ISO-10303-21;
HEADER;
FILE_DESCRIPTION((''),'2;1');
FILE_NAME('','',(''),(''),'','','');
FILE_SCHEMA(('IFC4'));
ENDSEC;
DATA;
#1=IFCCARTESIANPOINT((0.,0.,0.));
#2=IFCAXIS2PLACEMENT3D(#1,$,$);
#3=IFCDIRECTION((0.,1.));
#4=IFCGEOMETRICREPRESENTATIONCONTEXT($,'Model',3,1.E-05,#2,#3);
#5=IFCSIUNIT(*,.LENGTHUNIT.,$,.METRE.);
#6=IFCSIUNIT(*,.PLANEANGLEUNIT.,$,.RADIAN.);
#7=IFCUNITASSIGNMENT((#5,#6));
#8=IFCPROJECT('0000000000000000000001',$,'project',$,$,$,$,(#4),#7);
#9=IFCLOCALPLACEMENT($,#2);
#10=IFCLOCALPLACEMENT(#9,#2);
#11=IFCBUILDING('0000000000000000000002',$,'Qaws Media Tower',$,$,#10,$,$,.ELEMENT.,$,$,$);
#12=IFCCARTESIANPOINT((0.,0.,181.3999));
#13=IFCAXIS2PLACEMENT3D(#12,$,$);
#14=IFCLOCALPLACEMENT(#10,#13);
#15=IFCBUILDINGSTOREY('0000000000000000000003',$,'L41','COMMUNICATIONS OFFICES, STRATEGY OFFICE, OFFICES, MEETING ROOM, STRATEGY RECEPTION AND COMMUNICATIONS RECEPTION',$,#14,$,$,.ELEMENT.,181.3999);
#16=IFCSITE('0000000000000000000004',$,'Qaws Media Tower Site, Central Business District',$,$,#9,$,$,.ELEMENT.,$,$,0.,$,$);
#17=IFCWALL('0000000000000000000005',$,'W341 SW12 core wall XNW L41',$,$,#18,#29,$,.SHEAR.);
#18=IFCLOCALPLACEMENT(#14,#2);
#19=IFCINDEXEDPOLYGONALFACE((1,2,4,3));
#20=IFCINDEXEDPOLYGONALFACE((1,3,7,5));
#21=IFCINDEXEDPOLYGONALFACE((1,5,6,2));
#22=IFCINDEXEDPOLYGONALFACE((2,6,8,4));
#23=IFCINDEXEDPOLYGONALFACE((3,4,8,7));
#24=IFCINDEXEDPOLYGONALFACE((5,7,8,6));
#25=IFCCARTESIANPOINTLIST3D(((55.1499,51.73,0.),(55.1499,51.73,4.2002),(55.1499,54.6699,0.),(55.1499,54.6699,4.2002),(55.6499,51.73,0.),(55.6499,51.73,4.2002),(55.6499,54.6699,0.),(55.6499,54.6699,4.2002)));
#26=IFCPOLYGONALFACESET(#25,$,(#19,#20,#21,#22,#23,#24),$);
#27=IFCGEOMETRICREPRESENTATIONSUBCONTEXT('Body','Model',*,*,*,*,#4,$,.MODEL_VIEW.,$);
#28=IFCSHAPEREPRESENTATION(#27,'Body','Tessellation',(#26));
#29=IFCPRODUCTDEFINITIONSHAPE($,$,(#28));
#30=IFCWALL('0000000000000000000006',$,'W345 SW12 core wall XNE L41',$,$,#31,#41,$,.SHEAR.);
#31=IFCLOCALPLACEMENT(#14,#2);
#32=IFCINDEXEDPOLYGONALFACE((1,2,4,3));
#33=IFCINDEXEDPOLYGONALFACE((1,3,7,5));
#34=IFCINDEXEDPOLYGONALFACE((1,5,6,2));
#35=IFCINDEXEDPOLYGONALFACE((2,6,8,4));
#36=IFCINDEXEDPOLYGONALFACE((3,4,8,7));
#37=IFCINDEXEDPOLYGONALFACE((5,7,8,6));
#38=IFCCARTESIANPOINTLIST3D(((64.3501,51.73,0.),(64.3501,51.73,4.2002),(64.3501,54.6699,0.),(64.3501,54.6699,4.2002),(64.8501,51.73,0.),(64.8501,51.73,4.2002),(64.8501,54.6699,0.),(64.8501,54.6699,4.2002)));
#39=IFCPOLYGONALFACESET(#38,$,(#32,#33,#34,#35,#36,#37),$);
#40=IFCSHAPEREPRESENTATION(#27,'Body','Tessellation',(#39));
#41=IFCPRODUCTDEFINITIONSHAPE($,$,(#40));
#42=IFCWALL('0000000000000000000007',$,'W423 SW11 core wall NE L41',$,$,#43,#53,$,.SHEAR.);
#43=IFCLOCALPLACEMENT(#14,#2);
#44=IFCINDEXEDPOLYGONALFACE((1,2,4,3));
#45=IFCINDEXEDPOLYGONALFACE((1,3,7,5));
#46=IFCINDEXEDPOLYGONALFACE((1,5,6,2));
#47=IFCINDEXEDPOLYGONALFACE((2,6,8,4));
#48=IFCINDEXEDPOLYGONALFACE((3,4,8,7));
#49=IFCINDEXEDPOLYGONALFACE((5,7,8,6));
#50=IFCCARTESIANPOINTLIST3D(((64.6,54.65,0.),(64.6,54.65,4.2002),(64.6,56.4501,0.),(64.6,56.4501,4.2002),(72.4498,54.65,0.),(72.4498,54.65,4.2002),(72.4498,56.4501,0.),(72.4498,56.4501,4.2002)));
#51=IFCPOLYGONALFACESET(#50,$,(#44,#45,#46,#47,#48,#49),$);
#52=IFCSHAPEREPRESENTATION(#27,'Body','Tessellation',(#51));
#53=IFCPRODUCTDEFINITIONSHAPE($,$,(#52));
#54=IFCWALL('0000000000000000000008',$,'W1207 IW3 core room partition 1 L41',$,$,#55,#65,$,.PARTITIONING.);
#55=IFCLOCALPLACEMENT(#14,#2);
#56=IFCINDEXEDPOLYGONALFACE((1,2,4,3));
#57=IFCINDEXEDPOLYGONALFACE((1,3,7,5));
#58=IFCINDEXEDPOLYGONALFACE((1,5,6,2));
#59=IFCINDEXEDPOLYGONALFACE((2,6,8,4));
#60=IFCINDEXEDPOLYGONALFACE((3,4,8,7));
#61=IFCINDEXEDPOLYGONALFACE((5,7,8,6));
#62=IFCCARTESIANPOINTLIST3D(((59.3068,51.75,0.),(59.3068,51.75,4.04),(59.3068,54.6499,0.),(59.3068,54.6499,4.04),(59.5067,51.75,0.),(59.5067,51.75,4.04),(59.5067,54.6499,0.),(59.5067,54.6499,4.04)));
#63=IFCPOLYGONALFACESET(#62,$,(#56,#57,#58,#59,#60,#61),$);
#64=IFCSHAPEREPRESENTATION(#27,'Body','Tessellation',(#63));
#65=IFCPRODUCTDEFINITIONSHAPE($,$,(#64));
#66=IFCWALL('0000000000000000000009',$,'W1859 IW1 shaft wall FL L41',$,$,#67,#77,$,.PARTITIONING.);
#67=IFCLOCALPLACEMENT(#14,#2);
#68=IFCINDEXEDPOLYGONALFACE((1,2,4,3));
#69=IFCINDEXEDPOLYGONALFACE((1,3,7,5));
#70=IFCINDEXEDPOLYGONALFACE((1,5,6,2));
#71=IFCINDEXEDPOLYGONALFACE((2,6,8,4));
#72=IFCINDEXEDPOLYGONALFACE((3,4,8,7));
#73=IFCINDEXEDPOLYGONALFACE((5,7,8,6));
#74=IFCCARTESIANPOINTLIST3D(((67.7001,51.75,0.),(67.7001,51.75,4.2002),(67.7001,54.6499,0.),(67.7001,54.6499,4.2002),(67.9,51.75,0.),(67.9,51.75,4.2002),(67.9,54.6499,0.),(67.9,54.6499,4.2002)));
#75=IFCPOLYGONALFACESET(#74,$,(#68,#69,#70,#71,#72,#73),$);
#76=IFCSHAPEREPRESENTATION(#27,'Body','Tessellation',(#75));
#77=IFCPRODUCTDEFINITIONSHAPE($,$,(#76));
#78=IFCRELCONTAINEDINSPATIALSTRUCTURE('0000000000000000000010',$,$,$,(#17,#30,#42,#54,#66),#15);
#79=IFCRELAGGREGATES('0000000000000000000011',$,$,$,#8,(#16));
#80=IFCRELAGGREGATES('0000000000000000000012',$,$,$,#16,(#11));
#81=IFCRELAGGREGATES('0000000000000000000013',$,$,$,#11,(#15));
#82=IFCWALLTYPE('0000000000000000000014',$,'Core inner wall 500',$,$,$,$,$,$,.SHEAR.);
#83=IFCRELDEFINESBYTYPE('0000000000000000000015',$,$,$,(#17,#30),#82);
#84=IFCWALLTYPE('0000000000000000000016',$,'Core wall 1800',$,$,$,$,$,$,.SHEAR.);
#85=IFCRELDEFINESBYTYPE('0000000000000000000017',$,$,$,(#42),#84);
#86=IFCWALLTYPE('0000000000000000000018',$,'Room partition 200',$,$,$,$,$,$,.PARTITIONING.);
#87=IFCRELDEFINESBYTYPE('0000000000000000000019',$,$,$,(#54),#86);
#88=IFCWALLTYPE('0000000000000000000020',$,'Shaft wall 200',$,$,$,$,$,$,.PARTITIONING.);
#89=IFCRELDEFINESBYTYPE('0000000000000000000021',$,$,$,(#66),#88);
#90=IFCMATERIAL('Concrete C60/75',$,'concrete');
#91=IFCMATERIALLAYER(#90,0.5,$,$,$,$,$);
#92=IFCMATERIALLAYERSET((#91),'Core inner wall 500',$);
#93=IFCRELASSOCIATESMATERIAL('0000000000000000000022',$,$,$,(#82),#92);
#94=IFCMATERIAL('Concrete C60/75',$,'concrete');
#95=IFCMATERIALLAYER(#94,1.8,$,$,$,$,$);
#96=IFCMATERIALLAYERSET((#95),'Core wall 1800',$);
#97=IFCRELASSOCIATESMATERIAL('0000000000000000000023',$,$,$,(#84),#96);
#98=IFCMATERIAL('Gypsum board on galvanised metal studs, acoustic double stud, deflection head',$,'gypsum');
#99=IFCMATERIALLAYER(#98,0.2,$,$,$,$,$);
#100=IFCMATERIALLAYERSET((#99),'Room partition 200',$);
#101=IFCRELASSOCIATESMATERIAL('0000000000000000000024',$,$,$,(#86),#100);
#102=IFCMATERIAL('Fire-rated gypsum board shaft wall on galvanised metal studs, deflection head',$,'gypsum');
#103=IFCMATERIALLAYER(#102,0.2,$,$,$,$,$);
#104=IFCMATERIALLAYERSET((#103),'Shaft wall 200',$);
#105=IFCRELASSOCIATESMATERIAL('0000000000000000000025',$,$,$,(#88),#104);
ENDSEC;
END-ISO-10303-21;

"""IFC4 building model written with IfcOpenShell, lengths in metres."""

from ifc_helpers import new_model, si_unit, direction, frame, frame_2d, origin, place, context, subcontext, project, spatial, rectangle, extrude, material, layer, layer_set, type_object, element, save


model = new_model("IFC4")

# Units and contexts
model_context = context("Model", 3, precision=1e-05, world=origin(), true_north=direction((0.0, 1.0)))
body_context = subcontext(model_context, "Body", "Model", "MODEL_VIEW")
ifc_project = project(units=[si_unit("LENGTHUNIT", "METRE"), si_unit("PLANEANGLEUNIT", "RADIAN")], contexts=[model_context])

# Site, building, storey
site_placement = place(None, origin())
site = spatial("IfcSite", under=ifc_project, at=site_placement, Name="Qaws Media Tower Site, Central Business District", CompositionType="ELEMENT", RefElevation=0.0)
building_placement = place(site_placement, origin())
building = spatial("IfcBuilding", under=site, at=building_placement, Name="Qaws Media Tower", CompositionType="ELEMENT")
storey_placement = place(building_placement, frame((0.0, 0.0, 181.3999)))
storey = spatial("IfcBuildingStorey", under=building, at=storey_placement, Name="L41", Description="COMMUNICATIONS OFFICES, STRATEGY OFFICE, OFFICES, MEETING ROOM, STRATEGY RECEPTION AND COMMUNICATIONS RECEPTION", CompositionType="ELEMENT", Elevation=181.3999)

# Shared definitions
ifc_material_1 = material(Name="Concrete C60/75", Category="concrete")
ifc_layer_1 = layer(ifc_material_1, 0.5)
ifc_layer_set_1 = layer_set([ifc_layer_1], Name="Core inner wall 500")
wall_type_1 = type_object("IfcWallType", Name="Core inner wall 500", PredefinedType="SHEAR", material=ifc_layer_set_1)

# Walls
for number, where, z_axis, x_axis, name in (
    (1, (55.3999, 51.73, 0.0), (0.0, 0.0, 1.0), (0.0, 1.0, 0.0), "W341 SW12 core wall XNW L41"),
    (2, (64.6001, 51.73, 0.0), (0.0, 0.0, 1.0), (0.0, 1.0, 0.0), "W345 SW12 core wall XNE L41"),
):
    element("IfcWall", number, at=place(storey_placement, frame(where, z_axis=z_axis, x_axis=x_axis)), inside=storey, type_object=wall_type_1, Name=name, PredefinedType="SHEAR", context=body_context, shape_type="SweptSolid", body=[
        extrude(rectangle(XDim=2.9399, YDim=0.5, at=frame_2d((1.47, 0.0))), origin(), (0.0, 0.0, 1.0), 4.2002),
    ])
ifc_material_2 = material(Name="Concrete C60/75", Category="concrete")
ifc_layer_2 = layer(ifc_material_2, 1.8)
ifc_layer_set_2 = layer_set([ifc_layer_2], Name="Core wall 1800")
wall_type_2 = type_object("IfcWallType", Name="Core wall 1800", PredefinedType="SHEAR", material=ifc_layer_set_2)
wall_1_placement = place(storey_placement, frame((64.6001, 55.55, 0.0), z_axis=(0.0, 0.0, 1.0), x_axis=(1.0, 0.0, 0.0)))
element("IfcWall", 3, at=wall_1_placement, inside=storey, type_object=wall_type_2, Name="W423 SW11 core wall NE L41", PredefinedType="SHEAR", context=body_context, shape_type="SweptSolid", body=[
    extrude(rectangle(XDim=7.8499, YDim=1.8, at=frame_2d((3.9248, 0.0))), origin(), (0.0, 0.0, 1.0), 4.2002),
])
ifc_material_3 = material(Name="Gypsum board on galvanised metal studs, acoustic double stud, deflection head", Category="gypsum")
ifc_layer_3 = layer(ifc_material_3, 0.2)
ifc_layer_set_3 = layer_set([ifc_layer_3], Name="Room partition 200")
wall_type_3 = type_object("IfcWallType", Name="Room partition 200", PredefinedType="PARTITIONING", material=ifc_layer_set_3)
wall_2_placement = place(storey_placement, frame((59.4067, 51.75, 0.0), z_axis=(0.0, 0.0, 1.0), x_axis=(0.0, 1.0, 0.0)))
element("IfcWall", 4, at=wall_2_placement, inside=storey, type_object=wall_type_3, Name="W1207 IW3 core room partition 1 L41", PredefinedType="PARTITIONING", context=body_context, shape_type="SweptSolid", body=[
    extrude(rectangle(XDim=2.8999, YDim=0.2, at=frame_2d((1.45, 0.0))), origin(), (0.0, 0.0, 1.0), 4.04),
])
ifc_material_4 = material(Name="Fire-rated gypsum board shaft wall on galvanised metal studs, deflection head", Category="gypsum")
ifc_layer_4 = layer(ifc_material_4, 0.2)
ifc_layer_set_4 = layer_set([ifc_layer_4], Name="Shaft wall 200")
wall_type_4 = type_object("IfcWallType", Name="Shaft wall 200", PredefinedType="PARTITIONING", material=ifc_layer_set_4)
wall_3_placement = place(storey_placement, frame((67.8, 51.75, 0.0), z_axis=(0.0, 0.0, 1.0), x_axis=(0.0, 1.0, 0.0)))
element("IfcWall", 5, at=wall_3_placement, inside=storey, type_object=wall_type_4, Name="W1859 IW1 shaft wall FL L41", PredefinedType="PARTITIONING", context=body_context, shape_type="SweptSolid", body=[
    extrude(rectangle(XDim=2.8999, YDim=0.2, at=frame_2d((1.45, 0.0))), origin(), (0.0, 0.0, 1.0), 4.2002),
])

save(model, "model.ifc")
